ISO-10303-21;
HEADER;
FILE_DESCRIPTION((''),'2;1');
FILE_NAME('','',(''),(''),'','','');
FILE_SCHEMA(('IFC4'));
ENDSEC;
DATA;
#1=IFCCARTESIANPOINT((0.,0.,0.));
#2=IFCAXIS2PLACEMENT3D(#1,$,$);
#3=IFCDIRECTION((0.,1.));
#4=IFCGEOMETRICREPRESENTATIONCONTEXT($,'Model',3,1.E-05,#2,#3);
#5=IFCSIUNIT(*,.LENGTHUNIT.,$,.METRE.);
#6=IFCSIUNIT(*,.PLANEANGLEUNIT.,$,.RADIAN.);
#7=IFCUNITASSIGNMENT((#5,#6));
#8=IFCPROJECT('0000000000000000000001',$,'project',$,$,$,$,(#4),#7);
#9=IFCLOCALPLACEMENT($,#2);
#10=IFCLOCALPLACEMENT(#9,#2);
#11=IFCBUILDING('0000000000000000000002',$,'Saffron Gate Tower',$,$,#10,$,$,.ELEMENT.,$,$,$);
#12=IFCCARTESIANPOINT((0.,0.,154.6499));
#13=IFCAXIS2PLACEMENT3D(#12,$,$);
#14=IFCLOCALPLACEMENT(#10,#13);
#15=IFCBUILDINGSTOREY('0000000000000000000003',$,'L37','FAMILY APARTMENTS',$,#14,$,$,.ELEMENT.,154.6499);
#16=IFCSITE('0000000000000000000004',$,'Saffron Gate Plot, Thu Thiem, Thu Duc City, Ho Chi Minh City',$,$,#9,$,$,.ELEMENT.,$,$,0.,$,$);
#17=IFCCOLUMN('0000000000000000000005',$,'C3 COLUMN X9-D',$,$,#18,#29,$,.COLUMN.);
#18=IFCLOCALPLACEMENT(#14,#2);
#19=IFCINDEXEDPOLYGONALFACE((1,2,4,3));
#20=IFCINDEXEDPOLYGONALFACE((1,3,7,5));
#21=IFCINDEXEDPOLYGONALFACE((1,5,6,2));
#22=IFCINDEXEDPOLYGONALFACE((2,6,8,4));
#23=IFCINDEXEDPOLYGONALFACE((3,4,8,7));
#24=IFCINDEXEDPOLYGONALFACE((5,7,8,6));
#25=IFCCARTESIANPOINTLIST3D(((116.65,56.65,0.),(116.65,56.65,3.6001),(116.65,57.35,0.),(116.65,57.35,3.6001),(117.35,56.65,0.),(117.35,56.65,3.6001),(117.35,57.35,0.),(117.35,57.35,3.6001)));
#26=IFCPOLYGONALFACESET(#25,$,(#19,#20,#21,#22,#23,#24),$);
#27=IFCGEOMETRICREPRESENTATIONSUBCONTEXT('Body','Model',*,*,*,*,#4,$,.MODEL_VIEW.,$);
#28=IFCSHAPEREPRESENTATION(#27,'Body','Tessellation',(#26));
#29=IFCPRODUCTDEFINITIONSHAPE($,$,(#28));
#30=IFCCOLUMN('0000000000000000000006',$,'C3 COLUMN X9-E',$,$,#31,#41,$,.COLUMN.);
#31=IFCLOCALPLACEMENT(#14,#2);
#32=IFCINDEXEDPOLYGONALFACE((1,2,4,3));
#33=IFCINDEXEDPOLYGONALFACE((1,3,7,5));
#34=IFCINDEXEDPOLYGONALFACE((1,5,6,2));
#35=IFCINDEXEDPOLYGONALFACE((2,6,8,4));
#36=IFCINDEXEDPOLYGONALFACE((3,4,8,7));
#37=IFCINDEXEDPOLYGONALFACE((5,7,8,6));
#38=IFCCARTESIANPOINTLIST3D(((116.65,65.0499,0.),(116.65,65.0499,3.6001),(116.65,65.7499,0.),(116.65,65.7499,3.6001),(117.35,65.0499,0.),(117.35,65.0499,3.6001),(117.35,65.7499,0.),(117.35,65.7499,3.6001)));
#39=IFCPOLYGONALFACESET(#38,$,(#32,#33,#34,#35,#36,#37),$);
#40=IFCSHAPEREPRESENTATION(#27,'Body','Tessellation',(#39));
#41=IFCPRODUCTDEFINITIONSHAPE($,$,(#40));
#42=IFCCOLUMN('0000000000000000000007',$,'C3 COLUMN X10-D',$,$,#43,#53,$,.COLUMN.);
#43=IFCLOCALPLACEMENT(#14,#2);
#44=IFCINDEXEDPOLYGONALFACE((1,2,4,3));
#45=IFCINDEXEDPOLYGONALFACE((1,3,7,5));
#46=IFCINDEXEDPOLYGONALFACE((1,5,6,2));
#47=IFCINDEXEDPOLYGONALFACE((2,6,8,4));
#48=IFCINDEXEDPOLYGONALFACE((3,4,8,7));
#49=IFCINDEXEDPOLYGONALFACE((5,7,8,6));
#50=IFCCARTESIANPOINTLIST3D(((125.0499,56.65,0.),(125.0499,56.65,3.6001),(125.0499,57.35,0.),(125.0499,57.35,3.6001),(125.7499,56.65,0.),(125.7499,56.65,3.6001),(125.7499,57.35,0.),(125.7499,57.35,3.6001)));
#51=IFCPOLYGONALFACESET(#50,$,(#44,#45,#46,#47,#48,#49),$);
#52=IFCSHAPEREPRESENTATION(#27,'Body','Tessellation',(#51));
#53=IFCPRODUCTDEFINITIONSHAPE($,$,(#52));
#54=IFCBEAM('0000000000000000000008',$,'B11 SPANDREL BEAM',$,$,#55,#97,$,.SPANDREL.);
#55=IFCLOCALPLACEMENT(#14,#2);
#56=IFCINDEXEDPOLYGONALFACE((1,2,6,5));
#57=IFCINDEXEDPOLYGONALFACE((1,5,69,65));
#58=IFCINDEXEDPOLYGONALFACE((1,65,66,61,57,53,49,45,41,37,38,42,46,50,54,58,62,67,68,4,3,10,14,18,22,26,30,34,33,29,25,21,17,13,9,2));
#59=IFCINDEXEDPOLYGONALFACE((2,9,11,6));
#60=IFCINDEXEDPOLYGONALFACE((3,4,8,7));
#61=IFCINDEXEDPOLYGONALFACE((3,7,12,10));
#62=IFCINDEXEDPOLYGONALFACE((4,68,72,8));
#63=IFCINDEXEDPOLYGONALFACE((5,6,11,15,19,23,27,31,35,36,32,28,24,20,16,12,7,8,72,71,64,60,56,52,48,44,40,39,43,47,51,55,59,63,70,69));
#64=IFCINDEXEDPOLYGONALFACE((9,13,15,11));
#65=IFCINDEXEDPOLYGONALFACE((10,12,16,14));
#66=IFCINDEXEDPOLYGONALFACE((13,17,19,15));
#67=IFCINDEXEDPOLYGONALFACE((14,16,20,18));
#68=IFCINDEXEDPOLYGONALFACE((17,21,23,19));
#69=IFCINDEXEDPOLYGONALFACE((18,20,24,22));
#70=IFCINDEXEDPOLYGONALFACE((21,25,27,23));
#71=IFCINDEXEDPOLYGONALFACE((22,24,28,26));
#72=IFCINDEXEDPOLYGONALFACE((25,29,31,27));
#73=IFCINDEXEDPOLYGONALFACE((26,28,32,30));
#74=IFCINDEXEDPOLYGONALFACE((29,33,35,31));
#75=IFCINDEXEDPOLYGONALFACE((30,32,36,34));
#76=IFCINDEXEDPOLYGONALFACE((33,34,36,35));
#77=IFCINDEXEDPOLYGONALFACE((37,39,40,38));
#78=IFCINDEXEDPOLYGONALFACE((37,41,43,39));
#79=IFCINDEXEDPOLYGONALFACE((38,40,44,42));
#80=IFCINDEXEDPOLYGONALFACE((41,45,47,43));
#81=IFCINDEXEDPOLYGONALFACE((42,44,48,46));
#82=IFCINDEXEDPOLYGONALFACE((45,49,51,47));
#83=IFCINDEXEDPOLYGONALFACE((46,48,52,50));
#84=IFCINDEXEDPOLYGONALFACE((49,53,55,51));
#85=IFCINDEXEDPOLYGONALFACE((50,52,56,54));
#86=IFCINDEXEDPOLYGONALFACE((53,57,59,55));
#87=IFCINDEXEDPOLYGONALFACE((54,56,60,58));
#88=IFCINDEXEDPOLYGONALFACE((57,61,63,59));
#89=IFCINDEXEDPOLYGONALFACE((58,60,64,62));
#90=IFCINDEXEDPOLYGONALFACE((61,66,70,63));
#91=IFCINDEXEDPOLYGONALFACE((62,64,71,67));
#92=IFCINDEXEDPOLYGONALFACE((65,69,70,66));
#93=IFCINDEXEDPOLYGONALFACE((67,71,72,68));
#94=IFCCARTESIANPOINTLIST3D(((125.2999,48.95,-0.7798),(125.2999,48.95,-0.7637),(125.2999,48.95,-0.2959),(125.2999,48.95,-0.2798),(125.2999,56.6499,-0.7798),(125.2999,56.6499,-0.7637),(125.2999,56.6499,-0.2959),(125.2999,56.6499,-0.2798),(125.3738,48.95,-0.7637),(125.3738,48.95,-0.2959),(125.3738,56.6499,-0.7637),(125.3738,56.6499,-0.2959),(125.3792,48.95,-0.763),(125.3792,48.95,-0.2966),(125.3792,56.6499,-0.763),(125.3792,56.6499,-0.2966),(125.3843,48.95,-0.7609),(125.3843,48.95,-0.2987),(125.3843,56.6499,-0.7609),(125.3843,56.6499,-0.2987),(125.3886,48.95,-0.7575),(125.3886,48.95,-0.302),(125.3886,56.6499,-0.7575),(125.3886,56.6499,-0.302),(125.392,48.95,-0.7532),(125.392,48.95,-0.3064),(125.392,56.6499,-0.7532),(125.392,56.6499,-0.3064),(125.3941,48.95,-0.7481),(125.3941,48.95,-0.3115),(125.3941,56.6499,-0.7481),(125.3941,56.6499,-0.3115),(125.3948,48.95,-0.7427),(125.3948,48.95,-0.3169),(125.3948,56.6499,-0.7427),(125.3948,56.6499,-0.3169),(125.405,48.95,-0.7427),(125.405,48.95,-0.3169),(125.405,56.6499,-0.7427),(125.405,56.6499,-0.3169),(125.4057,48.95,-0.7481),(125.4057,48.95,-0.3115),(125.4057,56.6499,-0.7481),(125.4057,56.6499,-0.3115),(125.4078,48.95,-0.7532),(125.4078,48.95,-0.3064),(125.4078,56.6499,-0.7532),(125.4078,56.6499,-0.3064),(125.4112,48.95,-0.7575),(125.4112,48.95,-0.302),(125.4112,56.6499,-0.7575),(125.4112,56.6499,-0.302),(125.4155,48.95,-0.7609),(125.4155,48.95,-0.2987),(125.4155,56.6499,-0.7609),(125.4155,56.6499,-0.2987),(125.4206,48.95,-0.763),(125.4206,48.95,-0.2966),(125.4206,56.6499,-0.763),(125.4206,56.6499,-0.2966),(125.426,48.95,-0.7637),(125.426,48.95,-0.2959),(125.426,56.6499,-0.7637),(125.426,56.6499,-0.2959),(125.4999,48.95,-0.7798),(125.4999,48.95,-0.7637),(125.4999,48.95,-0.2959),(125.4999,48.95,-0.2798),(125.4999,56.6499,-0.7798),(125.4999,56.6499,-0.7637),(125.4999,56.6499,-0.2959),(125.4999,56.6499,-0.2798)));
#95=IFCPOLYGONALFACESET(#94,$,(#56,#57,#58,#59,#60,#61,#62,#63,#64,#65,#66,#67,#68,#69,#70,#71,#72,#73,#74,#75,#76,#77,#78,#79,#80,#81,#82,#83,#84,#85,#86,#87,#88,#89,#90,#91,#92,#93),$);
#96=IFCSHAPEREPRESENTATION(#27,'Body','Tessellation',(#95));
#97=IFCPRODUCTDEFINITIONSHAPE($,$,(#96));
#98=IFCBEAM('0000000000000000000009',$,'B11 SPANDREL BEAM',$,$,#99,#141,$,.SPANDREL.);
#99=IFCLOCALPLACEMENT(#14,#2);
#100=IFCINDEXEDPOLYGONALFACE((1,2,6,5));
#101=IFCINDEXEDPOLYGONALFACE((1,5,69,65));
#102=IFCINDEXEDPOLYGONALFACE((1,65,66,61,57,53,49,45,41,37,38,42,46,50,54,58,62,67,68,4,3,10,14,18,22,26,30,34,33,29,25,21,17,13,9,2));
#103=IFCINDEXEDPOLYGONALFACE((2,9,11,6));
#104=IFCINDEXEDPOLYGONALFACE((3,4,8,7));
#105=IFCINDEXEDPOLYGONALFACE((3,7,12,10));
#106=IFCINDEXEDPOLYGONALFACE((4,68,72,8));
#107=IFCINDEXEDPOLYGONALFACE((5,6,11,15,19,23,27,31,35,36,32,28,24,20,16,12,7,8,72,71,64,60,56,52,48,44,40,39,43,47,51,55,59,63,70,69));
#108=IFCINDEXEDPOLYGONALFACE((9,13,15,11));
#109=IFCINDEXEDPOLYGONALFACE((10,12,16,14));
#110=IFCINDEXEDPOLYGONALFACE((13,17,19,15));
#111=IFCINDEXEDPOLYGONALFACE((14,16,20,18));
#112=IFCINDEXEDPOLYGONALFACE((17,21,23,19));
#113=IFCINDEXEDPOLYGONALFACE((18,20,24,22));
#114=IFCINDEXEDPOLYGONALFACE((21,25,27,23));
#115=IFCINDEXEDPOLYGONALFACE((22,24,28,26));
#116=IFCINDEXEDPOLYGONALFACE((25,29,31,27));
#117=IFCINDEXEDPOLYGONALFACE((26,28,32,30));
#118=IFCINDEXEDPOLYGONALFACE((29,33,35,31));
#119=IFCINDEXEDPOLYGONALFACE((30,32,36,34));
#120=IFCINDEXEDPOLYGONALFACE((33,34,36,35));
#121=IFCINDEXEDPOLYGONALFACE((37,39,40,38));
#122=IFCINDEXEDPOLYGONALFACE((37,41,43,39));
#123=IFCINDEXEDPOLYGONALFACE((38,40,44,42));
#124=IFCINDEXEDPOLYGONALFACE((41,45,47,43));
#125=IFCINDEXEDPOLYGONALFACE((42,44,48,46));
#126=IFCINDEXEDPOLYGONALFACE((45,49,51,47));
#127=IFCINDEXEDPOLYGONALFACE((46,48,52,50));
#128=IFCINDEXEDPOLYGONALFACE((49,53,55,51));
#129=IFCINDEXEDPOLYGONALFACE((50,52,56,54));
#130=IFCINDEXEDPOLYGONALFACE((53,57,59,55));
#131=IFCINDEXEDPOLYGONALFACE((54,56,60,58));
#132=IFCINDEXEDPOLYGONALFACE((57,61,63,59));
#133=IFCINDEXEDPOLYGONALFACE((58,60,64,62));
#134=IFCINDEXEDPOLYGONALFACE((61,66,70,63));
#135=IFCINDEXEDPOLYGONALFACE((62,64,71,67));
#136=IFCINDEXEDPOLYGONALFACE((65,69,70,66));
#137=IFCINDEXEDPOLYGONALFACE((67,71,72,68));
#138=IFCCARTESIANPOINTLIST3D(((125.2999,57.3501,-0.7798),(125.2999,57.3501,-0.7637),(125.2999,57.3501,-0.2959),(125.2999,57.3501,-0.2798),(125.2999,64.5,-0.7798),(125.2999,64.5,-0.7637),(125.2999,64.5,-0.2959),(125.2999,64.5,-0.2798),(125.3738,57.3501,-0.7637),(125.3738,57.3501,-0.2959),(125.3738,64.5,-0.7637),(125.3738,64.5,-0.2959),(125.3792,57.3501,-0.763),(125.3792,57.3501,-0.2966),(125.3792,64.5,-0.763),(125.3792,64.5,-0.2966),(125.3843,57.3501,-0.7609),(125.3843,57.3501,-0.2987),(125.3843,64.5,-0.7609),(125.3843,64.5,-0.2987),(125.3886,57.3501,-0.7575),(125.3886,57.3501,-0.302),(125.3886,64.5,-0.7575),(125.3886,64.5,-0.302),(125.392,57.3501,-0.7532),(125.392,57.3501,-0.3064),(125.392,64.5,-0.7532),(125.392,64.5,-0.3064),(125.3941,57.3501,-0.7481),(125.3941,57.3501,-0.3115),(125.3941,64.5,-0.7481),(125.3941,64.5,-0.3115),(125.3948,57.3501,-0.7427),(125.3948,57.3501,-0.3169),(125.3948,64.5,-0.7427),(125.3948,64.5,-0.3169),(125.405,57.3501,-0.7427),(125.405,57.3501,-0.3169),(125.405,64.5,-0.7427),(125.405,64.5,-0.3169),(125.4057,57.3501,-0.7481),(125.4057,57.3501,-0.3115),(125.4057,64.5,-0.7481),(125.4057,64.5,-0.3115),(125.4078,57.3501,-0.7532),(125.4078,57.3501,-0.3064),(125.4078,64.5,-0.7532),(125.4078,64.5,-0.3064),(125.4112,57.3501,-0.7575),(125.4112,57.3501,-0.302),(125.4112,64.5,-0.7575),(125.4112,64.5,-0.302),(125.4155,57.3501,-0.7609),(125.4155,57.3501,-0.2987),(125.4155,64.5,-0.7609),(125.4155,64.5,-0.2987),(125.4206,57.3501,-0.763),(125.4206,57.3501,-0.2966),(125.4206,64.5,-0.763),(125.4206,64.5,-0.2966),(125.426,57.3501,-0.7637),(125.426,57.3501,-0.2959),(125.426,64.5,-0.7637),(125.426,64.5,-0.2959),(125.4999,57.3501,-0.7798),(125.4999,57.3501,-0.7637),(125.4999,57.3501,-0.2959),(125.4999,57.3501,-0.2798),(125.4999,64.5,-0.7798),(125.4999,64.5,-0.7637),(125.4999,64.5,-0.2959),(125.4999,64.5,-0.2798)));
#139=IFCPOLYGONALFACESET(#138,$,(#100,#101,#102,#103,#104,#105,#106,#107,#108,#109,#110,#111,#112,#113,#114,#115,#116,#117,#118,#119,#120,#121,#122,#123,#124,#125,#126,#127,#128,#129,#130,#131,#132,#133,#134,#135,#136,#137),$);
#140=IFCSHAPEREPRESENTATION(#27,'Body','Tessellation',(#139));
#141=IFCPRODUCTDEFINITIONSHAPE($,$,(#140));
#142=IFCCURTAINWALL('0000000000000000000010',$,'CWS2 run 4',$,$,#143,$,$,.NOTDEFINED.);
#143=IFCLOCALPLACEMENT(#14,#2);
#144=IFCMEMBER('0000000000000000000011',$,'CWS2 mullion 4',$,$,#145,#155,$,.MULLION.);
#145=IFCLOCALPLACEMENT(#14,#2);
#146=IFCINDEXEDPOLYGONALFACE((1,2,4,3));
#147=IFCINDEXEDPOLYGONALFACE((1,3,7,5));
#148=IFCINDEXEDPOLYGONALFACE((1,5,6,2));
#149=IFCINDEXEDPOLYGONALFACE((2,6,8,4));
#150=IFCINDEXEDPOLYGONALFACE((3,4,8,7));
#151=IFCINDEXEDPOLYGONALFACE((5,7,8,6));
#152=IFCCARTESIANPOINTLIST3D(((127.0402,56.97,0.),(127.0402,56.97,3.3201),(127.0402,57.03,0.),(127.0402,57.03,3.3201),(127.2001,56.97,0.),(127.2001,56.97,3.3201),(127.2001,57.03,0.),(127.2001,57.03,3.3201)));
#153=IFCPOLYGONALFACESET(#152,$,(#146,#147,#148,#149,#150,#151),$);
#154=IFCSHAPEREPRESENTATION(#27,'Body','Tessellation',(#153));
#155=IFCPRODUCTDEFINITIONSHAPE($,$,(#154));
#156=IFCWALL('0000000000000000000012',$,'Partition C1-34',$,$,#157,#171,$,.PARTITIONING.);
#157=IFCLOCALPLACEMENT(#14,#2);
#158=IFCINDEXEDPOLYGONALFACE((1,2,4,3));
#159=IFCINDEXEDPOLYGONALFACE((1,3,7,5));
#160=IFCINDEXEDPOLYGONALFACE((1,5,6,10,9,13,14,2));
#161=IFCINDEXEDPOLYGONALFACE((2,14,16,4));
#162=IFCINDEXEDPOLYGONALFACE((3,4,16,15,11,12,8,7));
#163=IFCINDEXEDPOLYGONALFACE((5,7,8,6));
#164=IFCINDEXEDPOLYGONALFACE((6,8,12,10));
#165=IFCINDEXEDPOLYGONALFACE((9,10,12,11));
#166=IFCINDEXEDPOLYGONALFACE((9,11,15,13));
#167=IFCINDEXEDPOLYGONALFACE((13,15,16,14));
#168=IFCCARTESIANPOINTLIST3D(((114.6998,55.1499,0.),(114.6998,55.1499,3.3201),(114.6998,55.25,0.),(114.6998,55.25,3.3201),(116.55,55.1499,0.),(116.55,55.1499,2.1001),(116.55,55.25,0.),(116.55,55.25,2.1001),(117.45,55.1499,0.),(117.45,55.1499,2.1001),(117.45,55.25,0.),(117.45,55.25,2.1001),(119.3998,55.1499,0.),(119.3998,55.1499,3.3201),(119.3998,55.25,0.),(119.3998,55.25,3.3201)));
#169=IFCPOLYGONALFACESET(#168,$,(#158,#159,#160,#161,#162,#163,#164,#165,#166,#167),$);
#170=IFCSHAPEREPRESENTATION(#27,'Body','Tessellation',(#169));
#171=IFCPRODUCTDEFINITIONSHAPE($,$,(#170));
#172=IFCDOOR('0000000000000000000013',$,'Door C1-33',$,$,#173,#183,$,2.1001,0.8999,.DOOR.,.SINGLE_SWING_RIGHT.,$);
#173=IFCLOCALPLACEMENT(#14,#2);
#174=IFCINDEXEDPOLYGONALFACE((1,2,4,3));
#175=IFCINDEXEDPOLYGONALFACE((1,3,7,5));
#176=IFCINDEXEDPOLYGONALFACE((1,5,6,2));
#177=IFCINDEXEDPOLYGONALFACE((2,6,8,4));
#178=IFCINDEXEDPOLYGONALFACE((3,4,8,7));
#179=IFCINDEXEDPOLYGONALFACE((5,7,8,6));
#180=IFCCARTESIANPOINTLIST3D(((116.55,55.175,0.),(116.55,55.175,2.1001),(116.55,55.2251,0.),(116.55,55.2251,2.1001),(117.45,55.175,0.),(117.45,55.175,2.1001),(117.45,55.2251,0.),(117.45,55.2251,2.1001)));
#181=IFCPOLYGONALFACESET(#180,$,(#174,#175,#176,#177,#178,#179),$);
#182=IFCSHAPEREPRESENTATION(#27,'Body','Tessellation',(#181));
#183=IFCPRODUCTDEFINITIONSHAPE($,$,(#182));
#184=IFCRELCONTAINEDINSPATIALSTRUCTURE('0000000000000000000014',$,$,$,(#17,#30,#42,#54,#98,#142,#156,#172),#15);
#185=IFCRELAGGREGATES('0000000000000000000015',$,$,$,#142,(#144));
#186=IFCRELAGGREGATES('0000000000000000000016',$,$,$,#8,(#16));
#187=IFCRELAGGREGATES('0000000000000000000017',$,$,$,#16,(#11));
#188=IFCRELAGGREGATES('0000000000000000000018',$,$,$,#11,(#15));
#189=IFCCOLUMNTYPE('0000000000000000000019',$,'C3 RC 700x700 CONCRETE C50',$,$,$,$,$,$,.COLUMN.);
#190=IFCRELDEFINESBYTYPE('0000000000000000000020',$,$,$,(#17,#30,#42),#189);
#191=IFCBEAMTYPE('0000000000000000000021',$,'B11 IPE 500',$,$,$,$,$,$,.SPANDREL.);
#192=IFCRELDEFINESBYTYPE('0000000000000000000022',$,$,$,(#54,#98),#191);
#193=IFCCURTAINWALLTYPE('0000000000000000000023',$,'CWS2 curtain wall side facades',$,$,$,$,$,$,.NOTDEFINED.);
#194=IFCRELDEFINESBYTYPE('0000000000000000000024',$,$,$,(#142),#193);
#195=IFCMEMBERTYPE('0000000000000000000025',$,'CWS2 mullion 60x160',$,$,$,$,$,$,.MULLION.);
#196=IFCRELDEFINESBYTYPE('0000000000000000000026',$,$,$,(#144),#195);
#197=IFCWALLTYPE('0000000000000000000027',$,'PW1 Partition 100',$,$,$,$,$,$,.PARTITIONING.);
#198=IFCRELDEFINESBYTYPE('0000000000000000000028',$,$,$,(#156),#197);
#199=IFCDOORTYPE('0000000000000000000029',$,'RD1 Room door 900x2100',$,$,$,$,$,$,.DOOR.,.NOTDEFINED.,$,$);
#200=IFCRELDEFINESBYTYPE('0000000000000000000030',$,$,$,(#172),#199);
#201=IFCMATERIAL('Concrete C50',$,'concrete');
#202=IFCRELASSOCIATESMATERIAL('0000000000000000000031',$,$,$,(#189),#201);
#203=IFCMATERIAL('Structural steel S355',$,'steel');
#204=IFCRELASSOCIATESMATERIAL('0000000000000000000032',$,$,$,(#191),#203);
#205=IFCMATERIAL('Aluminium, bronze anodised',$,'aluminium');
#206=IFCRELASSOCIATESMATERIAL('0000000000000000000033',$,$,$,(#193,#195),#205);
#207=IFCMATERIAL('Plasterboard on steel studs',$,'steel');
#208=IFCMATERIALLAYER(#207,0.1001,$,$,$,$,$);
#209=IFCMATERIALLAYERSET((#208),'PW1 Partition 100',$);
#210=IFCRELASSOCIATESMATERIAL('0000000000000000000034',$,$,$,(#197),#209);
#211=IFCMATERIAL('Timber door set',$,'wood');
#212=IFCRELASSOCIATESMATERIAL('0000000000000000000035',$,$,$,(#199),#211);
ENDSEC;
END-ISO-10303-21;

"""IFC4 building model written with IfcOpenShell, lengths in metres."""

from ifc_helpers import new_model, si_unit, direction, frame, frame_2d, origin, origin_2d, place, context, subcontext, project, spatial, rectangle, i_section, extrude, material, layer, layer_set, material_profile, profile_set, type_object, element, fill, aggregate, save


model = new_model("IFC4")

# Units and contexts
model_context = context("Model", 3, precision=1e-05, world=origin(), true_north=direction((0.0, 1.0)))
body_context = subcontext(model_context, "Body", "Model", "MODEL_VIEW")
ifc_project = project(units=[si_unit("LENGTHUNIT", "METRE"), si_unit("PLANEANGLEUNIT", "RADIAN")], contexts=[model_context])

# Site, building, storey
site_placement = place(None, origin())
site = spatial("IfcSite", under=ifc_project, at=site_placement, Name="Saffron Gate Plot, Thu Thiem, Thu Duc City, Ho Chi Minh City", CompositionType="ELEMENT", RefElevation=0.0)
building_placement = place(site_placement, origin())
building = spatial("IfcBuilding", under=site, at=building_placement, Name="Saffron Gate Tower", CompositionType="ELEMENT")
storey_placement = place(building_placement, frame((0.0, 0.0, 154.6499)))
storey = spatial("IfcBuildingStorey", under=building, at=storey_placement, Name="L37", Description="FAMILY APARTMENTS", CompositionType="ELEMENT", Elevation=154.6499)

# Columns
ifc_material_1 = material(Name="Concrete C50", Category="concrete")
ifc_material_profile_1 = material_profile(ifc_material_1, rectangle(XDim=0.7, YDim=0.7, at=origin_2d()))
ifc_profile_set_1 = profile_set([ifc_material_profile_1], Name="Concrete C50")
column_type = type_object("IfcColumnType", Name="C3 RC 700x700 CONCRETE C50", PredefinedType="COLUMN", material=ifc_profile_set_1)
for number, where, z_axis, x_axis, name in (
    (1, (117.0, 57.0, 0.0), (0.0, 0.0, 1.0), (1.0, 0.0, 0.0), "C3 COLUMN X9-D"),
    (2, (117.0, 65.3999, 0.0), (0.0, 0.0, 1.0), (1.0, 0.0, 0.0), "C3 COLUMN X9-E"),
    (3, (125.3999, 57.0, 0.0), (0.0, 0.0, 1.0), (1.0, 0.0, 0.0), "C3 COLUMN X10-D"),
):
    element("IfcColumn", number, at=place(storey_placement, frame(where, z_axis=z_axis, x_axis=x_axis)), inside=storey, type_object=column_type, Name=name, PredefinedType="COLUMN", context=body_context, shape_type="SweptSolid", body=[
        extrude(rectangle(XDim=0.7, YDim=0.7, at=origin_2d()), origin(), (0.0, 0.0, 1.0), 3.6001),
    ])

# Beams
ifc_material_2 = material(Name="Structural steel S355", Category="steel")
ifc_material_profile_2 = material_profile(ifc_material_2, i_section(OverallWidth=0.2, OverallDepth=0.5, WebThickness=0.0103, FlangeThickness=0.0161, FilletRadius=0.021, at=origin_2d()))
ifc_profile_set_2 = profile_set([ifc_material_profile_2], Name="Structural steel S355")
beam_type = type_object("IfcBeamType", Name="B11 IPE 500", PredefinedType="SPANDREL", material=ifc_profile_set_2)
beam_1_placement = place(storey_placement, frame((125.3999, 48.95, -0.5298), z_axis=(0.0, 1.0, 0.0), x_axis=(-1.0, 0.0, 0.0)))
element("IfcBeam", 4, at=beam_1_placement, inside=storey, type_object=beam_type, Name="B11 SPANDREL BEAM", PredefinedType="SPANDREL", context=body_context, shape_type="SweptSolid", body=[
    extrude(i_section(OverallWidth=0.2, OverallDepth=0.5, WebThickness=0.0103, FlangeThickness=0.0161, FilletRadius=0.021, at=origin_2d()), origin(), (0.0, 0.0, 1.0), 7.7),
])
beam_2_placement = place(storey_placement, frame((125.3999, 57.3501, -0.5298), z_axis=(0.0, 1.0, 0.0), x_axis=(-1.0, 0.0, 0.0)))
element("IfcBeam", 5, at=beam_2_placement, inside=storey, type_object=beam_type, Name="B11 SPANDREL BEAM", PredefinedType="SPANDREL", context=body_context, shape_type="SweptSolid", body=[
    extrude(i_section(OverallWidth=0.2, OverallDepth=0.5, WebThickness=0.0103, FlangeThickness=0.0161, FilletRadius=0.021, at=origin_2d()), origin(), (0.0, 0.0, 1.0), 7.1499),
])

# Curtain wall, member
ifc_material_3 = material(Name="Aluminium, bronze anodised", Category="aluminium")
curtain_wall_type = type_object("IfcCurtainWallType", Name="CWS2 curtain wall side facades", PredefinedType="NOTDEFINED", material=ifc_material_3)
curtain_wall_placement = place(storey_placement, origin())
curtain_wall = element("IfcCurtainWall", 6, at=curtain_wall_placement, inside=storey, type_object=curtain_wall_type, Name="CWS2 run 4", PredefinedType="NOTDEFINED")
ifc_material_profile_3 = material_profile(ifc_material_3, rectangle(XDim=0.1599, YDim=0.0601, at=origin_2d()))
ifc_profile_set_3 = profile_set([ifc_material_profile_3], Name="Aluminium, bronze anodised")
member_type = type_object("IfcMemberType", Name="CWS2 mullion 60x160", PredefinedType="MULLION", material=ifc_profile_set_3)
member_placement = place(storey_placement, frame((127.1201, 57.0, 0.0), z_axis=(0.0, 0.0, 1.0), x_axis=(-1.0, 0.0, 0.0)))
member = element("IfcMember", 7, at=member_placement, type_object=member_type, Name="CWS2 mullion 4", PredefinedType="MULLION", context=body_context, shape_type="SweptSolid", body=[
    extrude(rectangle(XDim=0.1599, YDim=0.0601, at=origin_2d()), origin(), (0.0, 0.0, 1.0), 3.3201),
])
aggregate(curtain_wall, [member])

# Shared definitions
ifc_material_4 = material(Name="Plasterboard on steel studs", Category="steel")
ifc_layer = layer(ifc_material_4, 0.1001)
ifc_layer_set = layer_set([ifc_layer], Name="PW1 Partition 100")
wall_type = type_object("IfcWallType", Name="PW1 Partition 100", PredefinedType="PARTITIONING", material=ifc_layer_set)

# Wall, opening, door
wall_1_placement = place(storey_placement, frame((119.3999, 55.2, 0.0), z_axis=(0.0, 0.0, 1.0), x_axis=(-1.0, 0.0, 0.0)))
wall_1 = element("IfcWall", 8, at=wall_1_placement, inside=storey, type_object=wall_type, Name="Partition C1-34", PredefinedType="PARTITIONING", context=body_context, shape_type="SweptSolid", body=[
    extrude(rectangle(XDim=4.7, YDim=0.1001, at=frame_2d((2.3501, 0.0))), origin(), (0.0, 0.0, 1.0), 3.3201),
])
opening_1_placement = place(wall_1_placement, frame((1.95, 0.0, 0.0)))
opening_1 = element("IfcOpeningElement", 9, at=opening_1_placement, cuts=wall_1, PredefinedType="OPENING", context=body_context, shape_type="SweptSolid", body=[
    extrude(rectangle(XDim=0.8999, YDim=2.1001, at=frame_2d((0.45, 1.05))), frame((0.0, 0.0601, 0.0), z_axis=(0.0, -1.0, 0.0), x_axis=(1.0, 0.0, 0.0)), (0.0, 0.0, 1.0), 0.1201),
])
ifc_material_5 = material(Name="Timber door set", Category="wood")
door_type_1 = type_object("IfcDoorType", Name="RD1 Room door 900x2100", OperationType="NOTDEFINED", PredefinedType="DOOR", material=ifc_material_5)
door_1_placement = place(opening_1_placement, origin())
door_1 = element("IfcDoor", 10, at=door_1_placement, inside=storey, type_object=door_type_1, Name="Door C1-33", OperationType="SINGLE_SWING_RIGHT", OverallHeight=2.1001, OverallWidth=0.8999, PredefinedType="DOOR", context=body_context, shape_type="SweptSolid", body=[
    extrude(rectangle(XDim=0.8999, YDim=2.1001, at=frame_2d((0.45, 1.05))), frame((0.0, 0.0249, 0.0), z_axis=(0.0, -1.0, 0.0), x_axis=(1.0, 0.0, 0.0)), (0.0, 0.0, 1.0), 0.05),
])
fill(opening_1, door_1)

save(model, "model.ifc")
